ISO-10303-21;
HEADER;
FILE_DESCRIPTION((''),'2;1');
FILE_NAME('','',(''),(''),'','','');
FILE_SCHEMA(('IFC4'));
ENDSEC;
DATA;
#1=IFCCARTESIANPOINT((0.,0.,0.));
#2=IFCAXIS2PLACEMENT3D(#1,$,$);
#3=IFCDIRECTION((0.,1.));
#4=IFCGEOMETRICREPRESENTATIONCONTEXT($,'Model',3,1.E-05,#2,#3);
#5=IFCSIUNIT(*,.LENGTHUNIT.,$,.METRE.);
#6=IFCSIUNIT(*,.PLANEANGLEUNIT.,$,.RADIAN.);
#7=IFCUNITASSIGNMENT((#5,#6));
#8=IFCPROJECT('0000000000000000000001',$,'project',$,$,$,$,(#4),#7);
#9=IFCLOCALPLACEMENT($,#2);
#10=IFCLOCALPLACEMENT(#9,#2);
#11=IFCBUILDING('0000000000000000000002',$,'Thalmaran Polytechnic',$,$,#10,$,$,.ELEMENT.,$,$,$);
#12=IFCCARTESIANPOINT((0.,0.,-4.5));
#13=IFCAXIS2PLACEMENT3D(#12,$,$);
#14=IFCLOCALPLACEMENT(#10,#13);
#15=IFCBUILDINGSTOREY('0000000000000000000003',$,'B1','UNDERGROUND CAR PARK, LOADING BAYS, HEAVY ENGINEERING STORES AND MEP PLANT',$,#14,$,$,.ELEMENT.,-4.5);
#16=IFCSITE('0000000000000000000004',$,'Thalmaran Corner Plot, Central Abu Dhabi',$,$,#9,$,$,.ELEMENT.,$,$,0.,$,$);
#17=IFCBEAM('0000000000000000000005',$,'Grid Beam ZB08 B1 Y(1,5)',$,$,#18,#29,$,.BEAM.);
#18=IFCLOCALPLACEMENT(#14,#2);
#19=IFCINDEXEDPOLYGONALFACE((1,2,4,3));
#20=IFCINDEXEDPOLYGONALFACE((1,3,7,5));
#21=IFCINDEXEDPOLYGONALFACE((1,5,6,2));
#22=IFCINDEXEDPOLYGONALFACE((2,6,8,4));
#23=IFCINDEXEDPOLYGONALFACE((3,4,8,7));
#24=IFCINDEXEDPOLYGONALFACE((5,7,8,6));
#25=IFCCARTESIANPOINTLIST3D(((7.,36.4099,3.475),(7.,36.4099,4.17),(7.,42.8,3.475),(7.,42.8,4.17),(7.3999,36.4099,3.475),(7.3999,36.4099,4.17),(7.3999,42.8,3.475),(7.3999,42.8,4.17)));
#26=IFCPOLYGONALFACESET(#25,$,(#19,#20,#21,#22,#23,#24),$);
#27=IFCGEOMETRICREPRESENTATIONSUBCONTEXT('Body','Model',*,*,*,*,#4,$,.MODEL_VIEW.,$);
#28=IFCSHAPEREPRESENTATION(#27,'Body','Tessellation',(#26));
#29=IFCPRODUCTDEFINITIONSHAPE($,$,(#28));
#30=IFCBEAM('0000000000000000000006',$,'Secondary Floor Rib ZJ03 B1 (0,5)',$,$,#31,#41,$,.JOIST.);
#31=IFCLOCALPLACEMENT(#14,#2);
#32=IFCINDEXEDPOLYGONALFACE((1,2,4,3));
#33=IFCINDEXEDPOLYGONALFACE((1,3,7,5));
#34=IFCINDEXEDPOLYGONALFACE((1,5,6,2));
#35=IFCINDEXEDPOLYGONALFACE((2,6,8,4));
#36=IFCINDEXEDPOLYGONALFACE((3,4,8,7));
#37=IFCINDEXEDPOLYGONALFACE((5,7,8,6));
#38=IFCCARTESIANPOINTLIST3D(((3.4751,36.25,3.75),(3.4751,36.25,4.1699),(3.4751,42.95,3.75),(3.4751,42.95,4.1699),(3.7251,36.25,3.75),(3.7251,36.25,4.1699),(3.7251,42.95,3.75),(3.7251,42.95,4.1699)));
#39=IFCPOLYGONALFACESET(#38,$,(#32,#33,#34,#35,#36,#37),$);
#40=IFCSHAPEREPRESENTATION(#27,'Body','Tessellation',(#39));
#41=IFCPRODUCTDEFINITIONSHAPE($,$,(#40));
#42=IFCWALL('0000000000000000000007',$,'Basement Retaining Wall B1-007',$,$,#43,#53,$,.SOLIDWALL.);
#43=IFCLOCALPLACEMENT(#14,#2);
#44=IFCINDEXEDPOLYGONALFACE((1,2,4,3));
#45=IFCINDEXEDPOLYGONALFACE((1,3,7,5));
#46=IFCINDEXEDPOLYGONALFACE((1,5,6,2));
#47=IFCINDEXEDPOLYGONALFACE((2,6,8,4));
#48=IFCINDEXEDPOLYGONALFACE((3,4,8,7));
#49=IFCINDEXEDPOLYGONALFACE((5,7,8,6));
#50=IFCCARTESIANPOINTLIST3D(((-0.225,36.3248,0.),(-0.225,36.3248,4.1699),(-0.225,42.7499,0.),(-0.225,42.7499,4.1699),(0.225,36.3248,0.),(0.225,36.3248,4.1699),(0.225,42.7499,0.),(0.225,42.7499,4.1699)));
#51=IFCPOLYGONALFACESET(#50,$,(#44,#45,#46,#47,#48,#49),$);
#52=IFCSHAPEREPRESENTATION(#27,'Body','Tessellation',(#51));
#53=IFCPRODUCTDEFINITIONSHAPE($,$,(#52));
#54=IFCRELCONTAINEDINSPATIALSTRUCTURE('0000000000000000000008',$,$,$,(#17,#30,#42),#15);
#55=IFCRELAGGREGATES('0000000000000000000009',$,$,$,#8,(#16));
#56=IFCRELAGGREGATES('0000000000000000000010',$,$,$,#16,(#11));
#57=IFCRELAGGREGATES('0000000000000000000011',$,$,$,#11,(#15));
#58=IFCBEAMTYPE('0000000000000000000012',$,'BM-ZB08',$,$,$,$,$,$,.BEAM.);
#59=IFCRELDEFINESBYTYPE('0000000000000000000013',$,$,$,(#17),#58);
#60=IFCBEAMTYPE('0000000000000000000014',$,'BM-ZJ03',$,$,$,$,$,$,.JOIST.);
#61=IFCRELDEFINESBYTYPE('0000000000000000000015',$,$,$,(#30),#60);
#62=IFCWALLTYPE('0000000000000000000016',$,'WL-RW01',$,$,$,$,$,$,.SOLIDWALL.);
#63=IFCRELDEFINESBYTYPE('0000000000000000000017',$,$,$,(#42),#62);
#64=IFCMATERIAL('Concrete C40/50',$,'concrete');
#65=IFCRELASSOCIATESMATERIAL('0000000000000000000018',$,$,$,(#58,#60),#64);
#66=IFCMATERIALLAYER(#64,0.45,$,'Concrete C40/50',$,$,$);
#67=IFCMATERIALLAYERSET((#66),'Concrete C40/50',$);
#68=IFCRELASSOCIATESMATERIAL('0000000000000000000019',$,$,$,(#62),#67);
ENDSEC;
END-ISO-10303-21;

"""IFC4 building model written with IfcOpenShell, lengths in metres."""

from ifc_helpers import new_model, si_unit, direction, frame, frame_2d, origin, origin_2d, place, context, subcontext, project, spatial, rectangle, extrude, material, layer, layer_set, material_profile, profile_set, type_object, element, save


model = new_model("IFC4")

# Units and contexts
model_context = context("Model", 3, precision=1e-05, world=origin(), true_north=direction((0.0, 1.0)))
body_context = subcontext(model_context, "Body", "Model", "MODEL_VIEW")
ifc_project = project(units=[si_unit("LENGTHUNIT", "METRE"), si_unit("PLANEANGLEUNIT", "RADIAN")], contexts=[model_context])

# Site, building, storey
site_placement = place(None, origin())
site = spatial("IfcSite", under=ifc_project, at=site_placement, Name="Thalmaran Corner Plot, Central Abu Dhabi", CompositionType="ELEMENT", RefElevation=0.0)
building_placement = place(site_placement, origin())
building = spatial("IfcBuilding", under=site, at=building_placement, Name="Thalmaran Polytechnic", CompositionType="ELEMENT")
storey_placement = place(building_placement, frame((0.0, 0.0, -4.5)))
storey = spatial("IfcBuildingStorey", under=building, at=storey_placement, Name="B1", Description="UNDERGROUND CAR PARK, LOADING BAYS, HEAVY ENGINEERING STORES AND MEP PLANT", CompositionType="ELEMENT", Elevation=-4.5)

# Shared definitions
ifc_material_1 = material(Name="Concrete C40/50", Category="concrete")

# Beams
ifc_material_profile_1 = material_profile(ifc_material_1, rectangle(XDim=0.3999, YDim=0.6951, at=origin_2d()), Name="RC 400x695")
ifc_profile_set_1 = profile_set([ifc_material_profile_1], Name="Concrete C40/50")
beam_type_1 = type_object("IfcBeamType", Name="BM-ZB08", PredefinedType="BEAM", material=ifc_profile_set_1)
beam_1_placement = place(storey_placement, frame((7.2, 36.4099, 3.8225), z_axis=(0.0, 1.0, 0.0), x_axis=(-1.0, 0.0, 0.0)))
element("IfcBeam", 1, at=beam_1_placement, inside=storey, type_object=beam_type_1, Name="Grid Beam ZB08 B1 Y(1,5)", PredefinedType="BEAM", context=body_context, shape_type="SweptSolid", body=[
    extrude(rectangle(XDim=0.3999, YDim=0.6951, at=origin_2d()), origin(), (0.0, 0.0, 1.0), 6.3901),
])
ifc_material_profile_2 = material_profile(ifc_material_1, rectangle(XDim=0.25, YDim=0.4199, at=origin_2d()), Name="RC 250x420")
ifc_profile_set_2 = profile_set([ifc_material_profile_2], Name="Concrete C40/50")
beam_type_2 = type_object("IfcBeamType", Name="BM-ZJ03", PredefinedType="JOIST", material=ifc_profile_set_2)
beam_2_placement = place(storey_placement, frame((3.6001, 36.25, 3.96), z_axis=(0.0, 1.0, 0.0), x_axis=(-1.0, 0.0, 0.0)))
element("IfcBeam", 2, at=beam_2_placement, inside=storey, type_object=beam_type_2, Name="Secondary Floor Rib ZJ03 B1 (0,5)", PredefinedType="JOIST", context=body_context, shape_type="SweptSolid", body=[
    extrude(rectangle(XDim=0.25, YDim=0.4199, at=origin_2d()), origin(), (0.0, 0.0, 1.0), 6.7),
])

# Wall
ifc_layer = layer(ifc_material_1, 0.45, Name="Concrete C40/50")
ifc_layer_set = layer_set([ifc_layer], Name="Concrete C40/50")
wall_type = type_object("IfcWallType", Name="WL-RW01", PredefinedType="SOLIDWALL", material=ifc_layer_set)
wall_placement = place(storey_placement, frame((0.0, 36.325, 0.0), z_axis=(0.0, 0.0, 1.0), x_axis=(0.0, 1.0, 0.0)))
element("IfcWall", 3, at=wall_placement, inside=storey, type_object=wall_type, Name="Basement Retaining Wall B1-007", PredefinedType="SOLIDWALL", context=body_context, shape_type="SweptSolid", body=[
    extrude(rectangle(XDim=6.425, YDim=0.45, at=frame_2d((3.2124, 0.0))), origin(), (0.0, 0.0, 1.0), 4.1699),
])

save(model, "model.ifc")
